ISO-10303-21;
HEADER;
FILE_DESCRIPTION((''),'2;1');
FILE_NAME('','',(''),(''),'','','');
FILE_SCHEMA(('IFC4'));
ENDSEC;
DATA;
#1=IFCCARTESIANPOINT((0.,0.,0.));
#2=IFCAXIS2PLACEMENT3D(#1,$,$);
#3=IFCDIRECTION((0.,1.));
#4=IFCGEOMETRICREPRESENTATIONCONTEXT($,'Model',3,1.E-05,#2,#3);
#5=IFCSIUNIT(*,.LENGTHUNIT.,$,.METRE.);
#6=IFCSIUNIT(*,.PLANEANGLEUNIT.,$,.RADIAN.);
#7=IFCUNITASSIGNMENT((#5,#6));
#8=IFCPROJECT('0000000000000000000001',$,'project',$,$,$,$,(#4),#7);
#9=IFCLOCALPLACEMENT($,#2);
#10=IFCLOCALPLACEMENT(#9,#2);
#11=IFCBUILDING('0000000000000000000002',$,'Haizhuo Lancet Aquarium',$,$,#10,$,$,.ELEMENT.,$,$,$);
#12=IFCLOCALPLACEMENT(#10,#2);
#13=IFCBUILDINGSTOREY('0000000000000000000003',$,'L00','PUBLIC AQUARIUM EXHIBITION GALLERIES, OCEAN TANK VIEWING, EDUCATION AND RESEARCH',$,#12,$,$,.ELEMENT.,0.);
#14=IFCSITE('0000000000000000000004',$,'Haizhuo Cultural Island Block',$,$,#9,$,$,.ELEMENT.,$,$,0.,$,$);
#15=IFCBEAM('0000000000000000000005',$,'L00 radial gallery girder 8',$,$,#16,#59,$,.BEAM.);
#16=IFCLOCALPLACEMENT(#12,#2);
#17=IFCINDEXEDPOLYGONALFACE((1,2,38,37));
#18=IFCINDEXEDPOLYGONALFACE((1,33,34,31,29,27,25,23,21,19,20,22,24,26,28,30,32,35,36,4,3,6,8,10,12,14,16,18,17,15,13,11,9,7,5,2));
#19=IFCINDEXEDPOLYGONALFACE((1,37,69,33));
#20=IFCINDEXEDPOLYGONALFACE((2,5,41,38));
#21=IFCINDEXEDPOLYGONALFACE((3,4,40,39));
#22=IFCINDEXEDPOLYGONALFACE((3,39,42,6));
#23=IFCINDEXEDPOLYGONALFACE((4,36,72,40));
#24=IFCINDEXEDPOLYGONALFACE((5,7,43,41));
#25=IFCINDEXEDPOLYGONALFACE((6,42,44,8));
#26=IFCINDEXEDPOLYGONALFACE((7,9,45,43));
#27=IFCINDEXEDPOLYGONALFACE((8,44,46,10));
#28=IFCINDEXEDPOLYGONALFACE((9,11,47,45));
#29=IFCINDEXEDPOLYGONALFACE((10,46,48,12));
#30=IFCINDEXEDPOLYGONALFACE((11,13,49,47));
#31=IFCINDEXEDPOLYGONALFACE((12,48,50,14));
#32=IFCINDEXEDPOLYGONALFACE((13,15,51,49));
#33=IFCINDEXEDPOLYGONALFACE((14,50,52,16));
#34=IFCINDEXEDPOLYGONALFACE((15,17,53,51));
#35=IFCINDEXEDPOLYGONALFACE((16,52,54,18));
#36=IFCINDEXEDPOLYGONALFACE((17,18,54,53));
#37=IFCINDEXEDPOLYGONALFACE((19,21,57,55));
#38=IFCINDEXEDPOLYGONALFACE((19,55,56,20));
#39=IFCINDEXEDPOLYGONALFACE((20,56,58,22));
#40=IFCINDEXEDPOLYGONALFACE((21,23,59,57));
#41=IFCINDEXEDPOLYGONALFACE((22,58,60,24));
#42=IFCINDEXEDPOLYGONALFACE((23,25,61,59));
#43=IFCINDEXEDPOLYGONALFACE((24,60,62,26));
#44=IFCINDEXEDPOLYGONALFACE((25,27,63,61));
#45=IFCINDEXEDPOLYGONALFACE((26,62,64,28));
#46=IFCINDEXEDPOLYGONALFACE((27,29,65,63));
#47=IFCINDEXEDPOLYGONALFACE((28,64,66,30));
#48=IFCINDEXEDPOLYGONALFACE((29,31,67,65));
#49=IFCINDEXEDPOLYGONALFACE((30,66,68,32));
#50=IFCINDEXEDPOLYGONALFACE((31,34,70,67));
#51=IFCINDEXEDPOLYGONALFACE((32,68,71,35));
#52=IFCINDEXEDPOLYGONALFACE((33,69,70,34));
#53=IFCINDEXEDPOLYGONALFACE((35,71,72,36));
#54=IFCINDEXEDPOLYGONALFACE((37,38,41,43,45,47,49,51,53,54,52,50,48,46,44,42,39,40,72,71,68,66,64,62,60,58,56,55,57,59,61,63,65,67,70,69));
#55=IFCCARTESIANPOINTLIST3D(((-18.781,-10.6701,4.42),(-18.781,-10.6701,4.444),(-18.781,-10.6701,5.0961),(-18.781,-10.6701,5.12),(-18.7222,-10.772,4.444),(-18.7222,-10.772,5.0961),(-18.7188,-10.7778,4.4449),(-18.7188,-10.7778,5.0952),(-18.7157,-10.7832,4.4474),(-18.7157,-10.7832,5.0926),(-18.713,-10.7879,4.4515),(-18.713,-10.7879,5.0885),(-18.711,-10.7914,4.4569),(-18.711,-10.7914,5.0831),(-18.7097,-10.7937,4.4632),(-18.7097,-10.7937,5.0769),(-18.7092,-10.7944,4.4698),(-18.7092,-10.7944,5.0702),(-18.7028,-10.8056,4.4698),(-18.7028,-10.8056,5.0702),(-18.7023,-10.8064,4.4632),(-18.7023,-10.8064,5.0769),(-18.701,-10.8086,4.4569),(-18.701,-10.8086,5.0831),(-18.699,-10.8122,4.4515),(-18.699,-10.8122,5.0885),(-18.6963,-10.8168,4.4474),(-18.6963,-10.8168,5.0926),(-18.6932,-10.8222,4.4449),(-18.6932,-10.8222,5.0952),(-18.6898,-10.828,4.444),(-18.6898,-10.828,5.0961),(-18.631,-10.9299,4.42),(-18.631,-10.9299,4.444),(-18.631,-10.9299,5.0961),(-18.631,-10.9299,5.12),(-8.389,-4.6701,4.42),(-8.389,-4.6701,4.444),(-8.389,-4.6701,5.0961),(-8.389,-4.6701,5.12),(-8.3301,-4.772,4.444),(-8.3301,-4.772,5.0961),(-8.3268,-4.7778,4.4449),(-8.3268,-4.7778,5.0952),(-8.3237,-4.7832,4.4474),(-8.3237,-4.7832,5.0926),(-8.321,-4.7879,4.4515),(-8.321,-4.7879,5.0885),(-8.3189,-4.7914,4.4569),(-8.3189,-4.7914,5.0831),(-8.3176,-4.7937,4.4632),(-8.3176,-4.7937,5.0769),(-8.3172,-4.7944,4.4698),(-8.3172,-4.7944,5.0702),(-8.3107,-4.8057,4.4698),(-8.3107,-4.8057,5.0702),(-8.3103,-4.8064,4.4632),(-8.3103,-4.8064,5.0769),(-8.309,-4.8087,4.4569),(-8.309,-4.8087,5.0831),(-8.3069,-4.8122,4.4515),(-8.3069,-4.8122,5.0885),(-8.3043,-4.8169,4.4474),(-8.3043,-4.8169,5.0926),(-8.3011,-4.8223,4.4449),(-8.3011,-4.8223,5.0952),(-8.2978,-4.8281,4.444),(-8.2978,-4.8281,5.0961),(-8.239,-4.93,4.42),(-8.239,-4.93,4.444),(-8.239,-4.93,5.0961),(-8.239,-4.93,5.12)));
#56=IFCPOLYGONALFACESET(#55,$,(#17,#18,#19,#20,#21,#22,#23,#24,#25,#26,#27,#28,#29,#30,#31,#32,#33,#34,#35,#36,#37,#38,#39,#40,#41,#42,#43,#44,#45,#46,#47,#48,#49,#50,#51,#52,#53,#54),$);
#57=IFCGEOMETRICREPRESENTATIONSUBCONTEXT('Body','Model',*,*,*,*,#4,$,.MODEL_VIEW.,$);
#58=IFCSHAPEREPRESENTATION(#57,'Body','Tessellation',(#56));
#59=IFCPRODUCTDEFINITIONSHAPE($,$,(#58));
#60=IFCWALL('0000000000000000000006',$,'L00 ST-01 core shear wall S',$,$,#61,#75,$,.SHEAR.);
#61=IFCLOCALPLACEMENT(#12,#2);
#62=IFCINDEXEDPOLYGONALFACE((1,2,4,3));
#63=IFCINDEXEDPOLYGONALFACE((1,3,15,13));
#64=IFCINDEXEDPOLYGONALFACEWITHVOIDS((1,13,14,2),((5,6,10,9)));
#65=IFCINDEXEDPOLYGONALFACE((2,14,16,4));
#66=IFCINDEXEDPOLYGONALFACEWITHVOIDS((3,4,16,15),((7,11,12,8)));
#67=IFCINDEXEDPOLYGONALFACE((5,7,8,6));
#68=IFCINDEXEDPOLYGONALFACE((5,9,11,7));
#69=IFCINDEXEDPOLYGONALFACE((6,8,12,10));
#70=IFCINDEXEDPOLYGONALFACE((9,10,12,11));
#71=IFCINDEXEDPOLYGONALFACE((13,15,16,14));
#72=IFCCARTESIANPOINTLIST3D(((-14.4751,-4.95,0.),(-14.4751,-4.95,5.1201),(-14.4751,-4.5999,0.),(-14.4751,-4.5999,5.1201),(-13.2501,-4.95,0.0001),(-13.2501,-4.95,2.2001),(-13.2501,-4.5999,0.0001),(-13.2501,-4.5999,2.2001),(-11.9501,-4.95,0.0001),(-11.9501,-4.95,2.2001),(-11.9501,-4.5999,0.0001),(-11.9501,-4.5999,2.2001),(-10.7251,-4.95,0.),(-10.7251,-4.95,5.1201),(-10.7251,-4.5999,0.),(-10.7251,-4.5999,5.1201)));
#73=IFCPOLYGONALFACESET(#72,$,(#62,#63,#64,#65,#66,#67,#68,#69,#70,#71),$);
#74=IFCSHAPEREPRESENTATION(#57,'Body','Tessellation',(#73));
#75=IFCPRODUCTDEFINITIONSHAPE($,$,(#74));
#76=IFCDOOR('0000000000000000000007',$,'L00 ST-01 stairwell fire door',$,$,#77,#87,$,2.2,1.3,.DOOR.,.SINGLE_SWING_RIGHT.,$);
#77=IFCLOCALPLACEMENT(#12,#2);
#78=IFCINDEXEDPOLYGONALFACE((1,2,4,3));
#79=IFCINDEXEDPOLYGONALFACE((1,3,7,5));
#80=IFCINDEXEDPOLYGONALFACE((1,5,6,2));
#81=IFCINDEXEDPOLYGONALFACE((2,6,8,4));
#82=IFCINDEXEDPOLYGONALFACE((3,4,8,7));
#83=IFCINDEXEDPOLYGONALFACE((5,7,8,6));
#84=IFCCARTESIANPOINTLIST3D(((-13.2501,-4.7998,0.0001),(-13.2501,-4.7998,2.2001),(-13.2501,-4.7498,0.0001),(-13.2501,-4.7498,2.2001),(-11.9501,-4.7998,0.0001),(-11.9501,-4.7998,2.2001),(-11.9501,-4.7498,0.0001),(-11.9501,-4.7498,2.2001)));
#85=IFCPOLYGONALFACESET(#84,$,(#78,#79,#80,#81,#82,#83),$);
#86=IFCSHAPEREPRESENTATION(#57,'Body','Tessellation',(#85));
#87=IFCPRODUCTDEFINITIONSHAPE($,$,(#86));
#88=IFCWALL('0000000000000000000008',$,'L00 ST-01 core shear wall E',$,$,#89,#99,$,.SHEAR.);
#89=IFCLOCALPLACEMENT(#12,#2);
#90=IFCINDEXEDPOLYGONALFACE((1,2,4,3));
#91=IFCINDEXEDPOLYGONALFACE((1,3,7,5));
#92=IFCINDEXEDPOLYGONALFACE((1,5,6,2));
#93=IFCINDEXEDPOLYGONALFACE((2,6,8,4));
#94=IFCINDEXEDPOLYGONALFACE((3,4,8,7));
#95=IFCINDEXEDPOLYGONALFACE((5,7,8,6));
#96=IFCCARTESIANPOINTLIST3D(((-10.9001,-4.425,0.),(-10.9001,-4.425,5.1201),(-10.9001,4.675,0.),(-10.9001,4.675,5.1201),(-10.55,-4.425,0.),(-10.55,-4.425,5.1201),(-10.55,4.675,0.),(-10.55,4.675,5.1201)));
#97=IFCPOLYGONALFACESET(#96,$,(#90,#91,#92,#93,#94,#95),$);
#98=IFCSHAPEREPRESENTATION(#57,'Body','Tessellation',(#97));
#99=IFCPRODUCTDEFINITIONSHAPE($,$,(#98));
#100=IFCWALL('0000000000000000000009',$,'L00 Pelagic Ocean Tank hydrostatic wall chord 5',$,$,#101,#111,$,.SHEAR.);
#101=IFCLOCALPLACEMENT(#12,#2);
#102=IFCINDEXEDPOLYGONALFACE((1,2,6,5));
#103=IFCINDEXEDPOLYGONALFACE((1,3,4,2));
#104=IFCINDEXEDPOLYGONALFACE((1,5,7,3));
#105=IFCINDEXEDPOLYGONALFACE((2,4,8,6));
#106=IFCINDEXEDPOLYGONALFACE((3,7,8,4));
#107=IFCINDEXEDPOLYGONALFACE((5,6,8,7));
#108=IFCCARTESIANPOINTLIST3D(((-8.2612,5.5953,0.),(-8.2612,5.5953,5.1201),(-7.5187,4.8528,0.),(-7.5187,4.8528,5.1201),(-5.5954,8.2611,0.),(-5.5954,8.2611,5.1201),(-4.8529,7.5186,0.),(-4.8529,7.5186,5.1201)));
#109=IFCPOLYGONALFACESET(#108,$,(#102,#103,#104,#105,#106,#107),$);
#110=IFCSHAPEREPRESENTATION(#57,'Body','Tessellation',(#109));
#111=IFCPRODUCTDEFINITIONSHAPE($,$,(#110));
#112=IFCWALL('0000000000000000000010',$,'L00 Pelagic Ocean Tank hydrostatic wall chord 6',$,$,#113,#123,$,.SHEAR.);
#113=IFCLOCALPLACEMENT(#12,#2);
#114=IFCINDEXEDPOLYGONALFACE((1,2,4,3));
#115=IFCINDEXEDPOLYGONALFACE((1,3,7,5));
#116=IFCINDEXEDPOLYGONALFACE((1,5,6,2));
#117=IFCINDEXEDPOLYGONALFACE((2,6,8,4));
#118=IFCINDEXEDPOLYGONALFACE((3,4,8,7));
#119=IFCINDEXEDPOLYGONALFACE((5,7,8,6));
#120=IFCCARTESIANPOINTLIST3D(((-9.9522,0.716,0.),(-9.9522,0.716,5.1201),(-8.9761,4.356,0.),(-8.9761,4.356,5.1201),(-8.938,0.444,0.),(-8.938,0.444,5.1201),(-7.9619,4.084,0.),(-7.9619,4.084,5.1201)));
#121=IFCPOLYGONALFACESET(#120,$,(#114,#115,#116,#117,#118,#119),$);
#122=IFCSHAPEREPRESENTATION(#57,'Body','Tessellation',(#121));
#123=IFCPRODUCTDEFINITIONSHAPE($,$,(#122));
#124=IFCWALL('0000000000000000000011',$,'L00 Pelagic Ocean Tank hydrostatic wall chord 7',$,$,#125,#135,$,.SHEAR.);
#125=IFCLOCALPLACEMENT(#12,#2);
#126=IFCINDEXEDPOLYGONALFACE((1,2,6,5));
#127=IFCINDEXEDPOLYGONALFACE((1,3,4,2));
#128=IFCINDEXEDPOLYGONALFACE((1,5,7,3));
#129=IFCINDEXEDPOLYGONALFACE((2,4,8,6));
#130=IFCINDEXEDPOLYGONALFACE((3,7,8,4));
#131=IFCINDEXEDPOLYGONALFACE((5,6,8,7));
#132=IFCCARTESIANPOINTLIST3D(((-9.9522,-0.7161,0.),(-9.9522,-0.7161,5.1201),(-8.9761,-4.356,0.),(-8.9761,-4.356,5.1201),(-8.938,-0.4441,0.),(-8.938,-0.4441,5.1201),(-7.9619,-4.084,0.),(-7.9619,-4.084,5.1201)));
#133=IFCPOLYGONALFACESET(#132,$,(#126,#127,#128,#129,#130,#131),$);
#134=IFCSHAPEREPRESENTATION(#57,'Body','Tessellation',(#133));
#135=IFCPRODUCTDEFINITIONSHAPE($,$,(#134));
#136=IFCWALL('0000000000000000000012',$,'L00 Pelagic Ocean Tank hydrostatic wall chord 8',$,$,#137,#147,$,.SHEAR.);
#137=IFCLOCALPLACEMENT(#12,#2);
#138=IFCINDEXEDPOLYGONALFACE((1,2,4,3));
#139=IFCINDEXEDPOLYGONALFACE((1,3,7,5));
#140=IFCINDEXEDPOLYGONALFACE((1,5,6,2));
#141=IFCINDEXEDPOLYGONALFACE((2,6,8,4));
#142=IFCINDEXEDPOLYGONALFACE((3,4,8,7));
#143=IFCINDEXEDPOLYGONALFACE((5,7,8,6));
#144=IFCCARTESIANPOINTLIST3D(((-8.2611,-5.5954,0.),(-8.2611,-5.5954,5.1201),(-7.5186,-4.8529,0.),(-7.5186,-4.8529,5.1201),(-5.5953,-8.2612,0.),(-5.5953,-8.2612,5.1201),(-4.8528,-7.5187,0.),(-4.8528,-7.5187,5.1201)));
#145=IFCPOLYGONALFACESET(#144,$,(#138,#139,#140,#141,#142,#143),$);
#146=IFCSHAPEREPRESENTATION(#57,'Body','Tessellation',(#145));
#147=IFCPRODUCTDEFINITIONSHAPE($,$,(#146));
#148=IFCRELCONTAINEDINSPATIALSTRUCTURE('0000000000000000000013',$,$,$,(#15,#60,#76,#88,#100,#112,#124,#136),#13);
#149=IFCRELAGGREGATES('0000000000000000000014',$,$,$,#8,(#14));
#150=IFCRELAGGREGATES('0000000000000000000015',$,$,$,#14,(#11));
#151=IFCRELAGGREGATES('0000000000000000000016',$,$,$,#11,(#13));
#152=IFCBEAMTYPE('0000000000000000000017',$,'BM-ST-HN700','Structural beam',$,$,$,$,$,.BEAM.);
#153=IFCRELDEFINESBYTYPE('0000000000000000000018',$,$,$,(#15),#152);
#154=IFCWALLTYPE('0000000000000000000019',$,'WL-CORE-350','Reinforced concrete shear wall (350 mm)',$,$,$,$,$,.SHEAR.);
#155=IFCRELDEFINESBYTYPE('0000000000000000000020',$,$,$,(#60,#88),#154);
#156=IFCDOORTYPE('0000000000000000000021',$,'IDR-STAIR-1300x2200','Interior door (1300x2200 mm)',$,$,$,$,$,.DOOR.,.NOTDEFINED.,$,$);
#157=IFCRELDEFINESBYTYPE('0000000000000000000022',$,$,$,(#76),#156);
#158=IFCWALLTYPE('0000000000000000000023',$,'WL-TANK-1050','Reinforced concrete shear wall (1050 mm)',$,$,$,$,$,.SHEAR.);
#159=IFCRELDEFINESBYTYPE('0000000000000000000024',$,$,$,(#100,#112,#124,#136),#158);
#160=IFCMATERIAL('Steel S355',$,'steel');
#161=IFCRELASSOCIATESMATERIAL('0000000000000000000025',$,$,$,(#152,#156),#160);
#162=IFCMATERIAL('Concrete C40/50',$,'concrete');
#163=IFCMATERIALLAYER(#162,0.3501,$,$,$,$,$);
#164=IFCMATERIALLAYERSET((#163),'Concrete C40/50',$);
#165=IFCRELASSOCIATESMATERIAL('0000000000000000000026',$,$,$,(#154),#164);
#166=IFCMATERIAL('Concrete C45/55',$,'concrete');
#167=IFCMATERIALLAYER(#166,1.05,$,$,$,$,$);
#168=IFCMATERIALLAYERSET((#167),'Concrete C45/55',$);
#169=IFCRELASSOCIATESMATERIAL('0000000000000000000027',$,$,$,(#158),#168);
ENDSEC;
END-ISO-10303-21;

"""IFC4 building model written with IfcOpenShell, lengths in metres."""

from ifc_helpers import new_model, si_unit, direction, frame, frame_2d, origin, origin_2d, place, context, subcontext, project, spatial, rectangle, i_section, extrude, material, layer, layer_set, material_profile, profile_set, type_object, element, fill, save


model = new_model("IFC4")

# Units and contexts
model_context = context("Model", 3, precision=1e-05, world=origin(), true_north=direction((0.0, 1.0)))
body_context = subcontext(model_context, "Body", "Model", "MODEL_VIEW")
ifc_project = project(units=[si_unit("LENGTHUNIT", "METRE"), si_unit("PLANEANGLEUNIT", "RADIAN")], contexts=[model_context])

# Site, building, storey
site_placement = place(None, origin())
site = spatial("IfcSite", under=ifc_project, at=site_placement, Name="Haizhuo Cultural Island Block", CompositionType="ELEMENT", RefElevation=0.0)
building_placement = place(site_placement, origin())
building = spatial("IfcBuilding", under=site, at=building_placement, Name="Haizhuo Lancet Aquarium", CompositionType="ELEMENT")
storey_placement = place(building_placement, origin())
storey = spatial("IfcBuildingStorey", under=building, at=storey_placement, Name="L00", Description="PUBLIC AQUARIUM EXHIBITION GALLERIES, OCEAN TANK VIEWING, EDUCATION AND RESEARCH", CompositionType="ELEMENT", Elevation=0.0)

# Beam
ifc_material_1 = material(Name="Concrete C40/50", Category="concrete")
ifc_material_2 = material(Name="Steel S355", Category="steel")
ifc_material_profile_1 = material_profile(ifc_material_2, i_section(OverallWidth=0.3, OverallDepth=0.7, WebThickness=0.0129, FlangeThickness=0.0239, FilletRadius=0.0259, at=origin_2d()), Name="HN 700x300x13x24")
ifc_profile_set_1 = profile_set([ifc_material_profile_1], Name="Steel S355")
beam_type_1 = type_object("IfcBeamType", Name="BM-ST-HN700", Description="Structural beam", PredefinedType="BEAM", material=ifc_profile_set_1)
for number, where, z_axis, x_axis, name in (
    (1, (-8.314, -4.8, 4.77), (-0.866021, -0.500008, 0.0), (0.500008, -0.866021, 0.0), "L00 radial gallery girder 8"),
):
    element("IfcBeam", number, at=place(storey_placement, frame(where, z_axis=z_axis, x_axis=x_axis)), inside=storey, type_object=beam_type_1, Name=name, PredefinedType="BEAM", context=body_context, shape_type="SweptSolid", body=[
        extrude(i_section(OverallWidth=0.3, OverallDepth=0.7, WebThickness=0.0129, FlangeThickness=0.0239, FilletRadius=0.0259, at=origin_2d()), origin(), (0.0, 0.0, 1.0), 11.9998),
    ])

# Wall, opening, door
ifc_layer_1 = layer(ifc_material_1, 0.3501)
ifc_layer_set_1 = layer_set([ifc_layer_1], Name="Concrete C40/50")
wall_type_1 = type_object("IfcWallType", Name="WL-CORE-350", Description="Reinforced concrete shear wall (350 mm)", PredefinedType="SHEAR", material=ifc_layer_set_1)
wall_1_placement = place(storey_placement, frame((-10.7251, -4.7749, 0.0), z_axis=(0.0, 0.0, 1.0), x_axis=(-1.0, 0.0, 0.0)))
wall_1 = element("IfcWall", 2, at=wall_1_placement, inside=storey, type_object=wall_type_1, Name="L00 ST-01 core shear wall S", PredefinedType="SHEAR", context=body_context, shape_type="SweptSolid", body=[
    extrude(rectangle(XDim=3.75, YDim=0.3501, at=frame_2d((1.875, 0.0))), origin(), (0.0, 0.0, 1.0), 5.1201),
])
opening_placement = place(wall_1_placement, frame((1.2251, 0.0, 0.0)))
opening = element("IfcOpeningElement", 3, at=opening_placement, cuts=wall_1, PredefinedType="OPENING", context=body_context, shape_type="SweptSolid", body=[
    extrude(rectangle(XDim=1.3, YDim=2.2, at=frame_2d((0.6499, 1.1001))), frame((0.0, 0.1851, 0.0), z_axis=(0.0, -1.0, 0.0), x_axis=(1.0, 0.0, 0.0)), (0.0, 0.0, 1.0), 0.3701),
])
door_type = type_object("IfcDoorType", Name="IDR-STAIR-1300x2200", Description="Interior door (1300x2200 mm)", OperationType="NOTDEFINED", PredefinedType="DOOR", material=ifc_material_2)
door_placement = place(opening_placement, origin())
door = element("IfcDoor", 4, at=door_placement, inside=storey, type_object=door_type, Name="L00 ST-01 stairwell fire door", OperationType="SINGLE_SWING_RIGHT", OverallHeight=2.2, OverallWidth=1.3, PredefinedType="DOOR", context=body_context, shape_type="SweptSolid", body=[
    extrude(rectangle(XDim=1.3, YDim=2.2, at=frame_2d((0.6499, 1.1001))), frame((0.0, 0.0249, 0.0), z_axis=(0.0, -1.0, 0.0), x_axis=(1.0, 0.0, 0.0)), (0.0, 0.0, 1.0), 0.05),
])
fill(opening, door)

# Walls
wall_2_placement = place(storey_placement, frame((-10.7251, -4.425, 0.0), z_axis=(0.0, 0.0, 1.0), x_axis=(0.0, 1.0, 0.0)))
element("IfcWall", 5, at=wall_2_placement, inside=storey, type_object=wall_type_1, Name="L00 ST-01 core shear wall E", PredefinedType="SHEAR", context=body_context, shape_type="SweptSolid", body=[
    extrude(rectangle(XDim=9.1001, YDim=0.3501, at=frame_2d((4.55, 0.0))), origin(), (0.0, 0.0, 1.0), 5.1201),
])
ifc_material_3 = material(Name="Concrete C45/55", Category="concrete")
ifc_layer_2 = layer(ifc_material_3, 1.05)
ifc_layer_set_2 = layer_set([ifc_layer_2], Name="Concrete C45/55")
wall_type_2 = type_object("IfcWallType", Name="WL-TANK-1050", Description="Reinforced concrete shear wall (1050 mm)", PredefinedType="SHEAR", material=ifc_layer_set_2)
wall_3_placement = place(storey_placement, frame((-5.2241, 7.8899, 0.0), z_axis=(0.0, 0.0, 1.0), x_axis=(-0.707107, -0.707107, 0.0)))
element("IfcWall", 6, at=wall_3_placement, inside=storey, type_object=wall_type_2, Name="L00 Pelagic Ocean Tank hydrostatic wall chord 5", PredefinedType="SHEAR", context=body_context, shape_type="SweptSolid", body=[
    extrude(rectangle(XDim=3.77, YDim=1.05, at=frame_2d((1.885, 0.0))), origin(), (0.0, 0.0, 1.0), 5.1201),
])
for number, where, z_axis, x_axis, name in (
    (7, (-8.469, 4.22, 0.0), (0.0, 0.0, 1.0), (-0.259009, -0.965875, 0.0), "L00 Pelagic Ocean Tank hydrostatic wall chord 6"),
    (8, (-9.4451, -0.5801, 0.0), (0.0, 0.0, 1.0), (0.259009, -0.965875, 0.0), "L00 Pelagic Ocean Tank hydrostatic wall chord 7"),
):
    element("IfcWall", number, at=place(storey_placement, frame(where, z_axis=z_axis, x_axis=x_axis)), inside=storey, type_object=wall_type_2, Name=name, PredefinedType="SHEAR", context=body_context, shape_type="SweptSolid", body=[
        extrude(rectangle(XDim=3.7686, YDim=1.05, at=frame_2d((1.8843, 0.0))), origin(), (0.0, 0.0, 1.0), 5.1201),
    ])
wall_4_placement = place(storey_placement, frame((-7.8899, -5.2241, 0.0), z_axis=(0.0, 0.0, 1.0), x_axis=(0.707107, -0.707107, 0.0)))
element("IfcWall", 9, at=wall_4_placement, inside=storey, type_object=wall_type_2, Name="L00 Pelagic Ocean Tank hydrostatic wall chord 8", PredefinedType="SHEAR", context=body_context, shape_type="SweptSolid", body=[
    extrude(rectangle(XDim=3.77, YDim=1.05, at=frame_2d((1.885, 0.0))), origin(), (0.0, 0.0, 1.0), 5.1201),
])

save(model, "model.ifc")
